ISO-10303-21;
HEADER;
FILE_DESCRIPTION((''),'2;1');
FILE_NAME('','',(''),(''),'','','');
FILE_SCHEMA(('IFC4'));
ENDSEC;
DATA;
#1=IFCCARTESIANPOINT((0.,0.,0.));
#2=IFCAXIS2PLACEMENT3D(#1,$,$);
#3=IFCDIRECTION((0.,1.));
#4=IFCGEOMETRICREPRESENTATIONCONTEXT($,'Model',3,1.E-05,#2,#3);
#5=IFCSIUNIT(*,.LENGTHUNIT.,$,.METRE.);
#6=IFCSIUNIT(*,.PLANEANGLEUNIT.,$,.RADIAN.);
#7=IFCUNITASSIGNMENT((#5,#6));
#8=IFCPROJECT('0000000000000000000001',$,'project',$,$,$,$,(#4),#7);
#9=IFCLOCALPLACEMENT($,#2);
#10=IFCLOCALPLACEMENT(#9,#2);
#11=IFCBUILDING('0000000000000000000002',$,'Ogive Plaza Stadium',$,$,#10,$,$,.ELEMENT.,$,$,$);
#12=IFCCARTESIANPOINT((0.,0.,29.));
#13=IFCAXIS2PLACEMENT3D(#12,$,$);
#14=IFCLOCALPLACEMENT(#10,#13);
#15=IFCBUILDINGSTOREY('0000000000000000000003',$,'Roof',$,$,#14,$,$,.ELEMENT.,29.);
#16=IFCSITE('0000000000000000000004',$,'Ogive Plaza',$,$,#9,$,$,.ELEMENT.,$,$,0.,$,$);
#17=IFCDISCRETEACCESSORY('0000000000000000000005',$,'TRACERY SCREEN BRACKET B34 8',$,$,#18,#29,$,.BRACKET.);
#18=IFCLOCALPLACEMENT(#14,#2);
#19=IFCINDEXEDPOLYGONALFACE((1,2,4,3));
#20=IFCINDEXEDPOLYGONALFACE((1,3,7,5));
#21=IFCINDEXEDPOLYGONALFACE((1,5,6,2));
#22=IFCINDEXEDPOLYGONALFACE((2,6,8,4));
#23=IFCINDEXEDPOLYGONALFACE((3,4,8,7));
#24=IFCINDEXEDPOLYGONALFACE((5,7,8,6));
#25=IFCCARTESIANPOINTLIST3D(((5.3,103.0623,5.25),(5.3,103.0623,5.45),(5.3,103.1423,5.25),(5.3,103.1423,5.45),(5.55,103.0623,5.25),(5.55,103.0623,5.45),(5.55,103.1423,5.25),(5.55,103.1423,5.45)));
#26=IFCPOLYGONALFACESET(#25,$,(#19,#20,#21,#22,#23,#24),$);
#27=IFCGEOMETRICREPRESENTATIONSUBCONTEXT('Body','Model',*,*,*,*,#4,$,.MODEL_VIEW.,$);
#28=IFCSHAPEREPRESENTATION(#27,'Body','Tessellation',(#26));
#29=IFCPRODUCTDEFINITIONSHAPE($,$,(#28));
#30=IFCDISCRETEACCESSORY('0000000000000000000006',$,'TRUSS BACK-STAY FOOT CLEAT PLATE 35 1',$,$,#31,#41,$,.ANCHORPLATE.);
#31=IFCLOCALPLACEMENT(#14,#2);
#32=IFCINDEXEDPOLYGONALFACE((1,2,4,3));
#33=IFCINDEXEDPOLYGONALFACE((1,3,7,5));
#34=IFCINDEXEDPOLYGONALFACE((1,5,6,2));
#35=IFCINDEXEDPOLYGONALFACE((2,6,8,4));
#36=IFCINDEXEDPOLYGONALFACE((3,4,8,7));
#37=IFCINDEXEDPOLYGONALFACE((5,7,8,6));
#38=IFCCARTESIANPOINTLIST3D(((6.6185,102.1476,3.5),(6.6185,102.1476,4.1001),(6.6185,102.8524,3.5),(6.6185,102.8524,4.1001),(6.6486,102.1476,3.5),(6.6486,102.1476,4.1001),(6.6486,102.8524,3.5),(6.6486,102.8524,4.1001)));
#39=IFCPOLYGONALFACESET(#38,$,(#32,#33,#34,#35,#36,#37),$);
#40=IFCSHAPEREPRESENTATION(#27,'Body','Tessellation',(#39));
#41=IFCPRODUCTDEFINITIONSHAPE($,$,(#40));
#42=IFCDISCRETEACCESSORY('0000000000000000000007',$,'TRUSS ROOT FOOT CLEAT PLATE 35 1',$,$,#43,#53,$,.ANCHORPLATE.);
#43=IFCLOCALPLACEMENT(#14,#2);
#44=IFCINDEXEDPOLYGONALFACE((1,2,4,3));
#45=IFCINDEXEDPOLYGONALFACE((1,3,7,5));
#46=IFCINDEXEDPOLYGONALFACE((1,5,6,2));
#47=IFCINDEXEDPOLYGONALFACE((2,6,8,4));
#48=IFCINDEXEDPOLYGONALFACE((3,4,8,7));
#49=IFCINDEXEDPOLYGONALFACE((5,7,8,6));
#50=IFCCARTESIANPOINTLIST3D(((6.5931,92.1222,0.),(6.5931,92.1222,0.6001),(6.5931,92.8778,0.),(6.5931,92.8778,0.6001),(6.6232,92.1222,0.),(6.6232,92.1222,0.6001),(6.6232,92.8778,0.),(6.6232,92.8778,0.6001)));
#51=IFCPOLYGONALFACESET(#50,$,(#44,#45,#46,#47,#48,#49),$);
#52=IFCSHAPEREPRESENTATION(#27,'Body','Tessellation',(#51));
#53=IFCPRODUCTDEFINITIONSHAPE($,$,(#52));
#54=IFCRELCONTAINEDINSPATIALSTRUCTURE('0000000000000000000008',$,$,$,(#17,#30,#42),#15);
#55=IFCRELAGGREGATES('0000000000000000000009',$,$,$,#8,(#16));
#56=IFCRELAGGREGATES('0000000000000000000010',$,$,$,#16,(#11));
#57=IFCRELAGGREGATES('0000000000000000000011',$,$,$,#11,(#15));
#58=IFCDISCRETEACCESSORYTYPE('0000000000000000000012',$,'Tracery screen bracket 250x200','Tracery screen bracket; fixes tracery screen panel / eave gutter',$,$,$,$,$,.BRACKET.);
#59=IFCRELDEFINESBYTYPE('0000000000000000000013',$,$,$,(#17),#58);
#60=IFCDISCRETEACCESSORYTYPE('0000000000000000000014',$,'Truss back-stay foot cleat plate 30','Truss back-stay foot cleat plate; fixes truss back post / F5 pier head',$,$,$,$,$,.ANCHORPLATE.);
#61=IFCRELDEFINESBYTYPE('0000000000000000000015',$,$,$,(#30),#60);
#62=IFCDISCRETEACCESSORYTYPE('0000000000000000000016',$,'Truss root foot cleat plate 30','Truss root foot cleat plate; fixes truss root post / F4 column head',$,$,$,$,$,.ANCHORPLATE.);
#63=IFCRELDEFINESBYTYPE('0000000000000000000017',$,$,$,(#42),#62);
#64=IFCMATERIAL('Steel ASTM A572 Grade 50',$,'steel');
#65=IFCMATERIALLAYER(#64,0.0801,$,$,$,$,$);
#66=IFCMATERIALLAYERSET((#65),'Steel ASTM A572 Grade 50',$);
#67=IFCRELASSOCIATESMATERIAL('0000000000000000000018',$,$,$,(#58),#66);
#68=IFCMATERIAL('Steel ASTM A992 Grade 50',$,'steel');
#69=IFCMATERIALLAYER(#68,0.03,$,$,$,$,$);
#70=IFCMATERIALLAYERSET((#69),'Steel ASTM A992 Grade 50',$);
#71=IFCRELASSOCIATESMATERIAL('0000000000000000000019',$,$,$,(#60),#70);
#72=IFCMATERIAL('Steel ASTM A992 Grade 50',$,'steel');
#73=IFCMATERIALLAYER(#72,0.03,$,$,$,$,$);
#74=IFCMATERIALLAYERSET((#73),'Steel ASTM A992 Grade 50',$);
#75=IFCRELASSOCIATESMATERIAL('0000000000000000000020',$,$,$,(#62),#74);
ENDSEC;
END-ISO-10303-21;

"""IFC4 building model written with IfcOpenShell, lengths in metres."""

from ifc_helpers import new_model, si_unit, direction, frame, origin, origin_2d, place, context, subcontext, project, spatial, rectangle, extrude, material, layer, layer_set, type_object, element, save


model = new_model("IFC4")

# Units and contexts
model_context = context("Model", 3, precision=1e-05, world=origin(), true_north=direction((0.0, 1.0)))
body_context = subcontext(model_context, "Body", "Model", "MODEL_VIEW")
ifc_project = project(units=[si_unit("LENGTHUNIT", "METRE"), si_unit("PLANEANGLEUNIT", "RADIAN")], contexts=[model_context])

# Site, building, storey
site_placement = place(None, origin())
site = spatial("IfcSite", under=ifc_project, at=site_placement, Name="Ogive Plaza", CompositionType="ELEMENT", RefElevation=0.0)
building_placement = place(site_placement, origin())
building = spatial("IfcBuilding", under=site, at=building_placement, Name="Ogive Plaza Stadium", CompositionType="ELEMENT")
storey_placement = place(building_placement, frame((0.0, 0.0, 29.0)))
storey = spatial("IfcBuildingStorey", under=building, at=storey_placement, Name="Roof", CompositionType="ELEMENT", Elevation=29.0)

# Discrete accessories
ifc_material_1 = material(Name="Steel ASTM A572 Grade 50", Category="steel")
ifc_layer_1 = layer(ifc_material_1, 0.0801)
ifc_layer_set_1 = layer_set([ifc_layer_1], Name="Steel ASTM A572 Grade 50")
discrete_accessory_type_1 = type_object("IfcDiscreteAccessoryType", Name="Tracery screen bracket 250x200", Description="Tracery screen bracket; fixes tracery screen panel / eave gutter", PredefinedType="BRACKET", material=ifc_layer_set_1)
for number, where, z_axis, x_axis, name in (
    (1, (5.425, 103.1023, 5.25), (0.0, 0.0, 1.0), (1.0, 0.0, 0.0), "TRACERY SCREEN BRACKET B34 8"),
):
    element("IfcDiscreteAccessory", number, at=place(storey_placement, frame(where, z_axis=z_axis, x_axis=x_axis)), inside=storey, type_object=discrete_accessory_type_1, Name=name, PredefinedType="BRACKET", context=body_context, shape_type="SweptSolid", body=[
        extrude(rectangle(XDim=0.25, YDim=0.0801, at=origin_2d()), origin(), (0.0, 0.0, 1.0), 0.2),
    ])
ifc_material_2 = material(Name="Steel ASTM A992 Grade 50", Category="steel")
ifc_layer_2 = layer(ifc_material_2, 0.03)
ifc_layer_set_2 = layer_set([ifc_layer_2], Name="Steel ASTM A992 Grade 50")
discrete_accessory_type_2 = type_object("IfcDiscreteAccessoryType", Name="Truss back-stay foot cleat plate 30", Description="Truss back-stay foot cleat plate; fixes truss back post / F5 pier head", PredefinedType="ANCHORPLATE", material=ifc_layer_set_2)
discrete_accessory_1_placement = place(storey_placement, frame((6.6335, 102.5, 3.5), z_axis=(0.0, 0.0, 1.0), x_axis=(0.0, 1.0, 0.0)))
element("IfcDiscreteAccessory", 2, at=discrete_accessory_1_placement, inside=storey, type_object=discrete_accessory_type_2, Name="TRUSS BACK-STAY FOOT CLEAT PLATE 35 1", PredefinedType="ANCHORPLATE", context=body_context, shape_type="SweptSolid", body=[
    extrude(rectangle(XDim=0.7048, YDim=0.03, at=origin_2d()), origin(), (0.0, 0.0, 1.0), 0.6001),
])
ifc_material_3 = material(Name="Steel ASTM A992 Grade 50", Category="steel")
ifc_layer_3 = layer(ifc_material_3, 0.03)
ifc_layer_set_3 = layer_set([ifc_layer_3], Name="Steel ASTM A992 Grade 50")
discrete_accessory_type_3 = type_object("IfcDiscreteAccessoryType", Name="Truss root foot cleat plate 30", Description="Truss root foot cleat plate; fixes truss root post / F4 column head", PredefinedType="ANCHORPLATE", material=ifc_layer_set_3)
discrete_accessory_2_placement = place(storey_placement, frame((6.6082, 92.5, 0.0), z_axis=(0.0, 0.0, 1.0), x_axis=(0.0, 1.0, 0.0)))
element("IfcDiscreteAccessory", 3, at=discrete_accessory_2_placement, inside=storey, type_object=discrete_accessory_type_3, Name="TRUSS ROOT FOOT CLEAT PLATE 35 1", PredefinedType="ANCHORPLATE", context=body_context, shape_type="SweptSolid", body=[
    extrude(rectangle(XDim=0.7556, YDim=0.03, at=origin_2d()), origin(), (0.0, 0.0, 1.0), 0.6001),
])

save(model, "model.ifc")
